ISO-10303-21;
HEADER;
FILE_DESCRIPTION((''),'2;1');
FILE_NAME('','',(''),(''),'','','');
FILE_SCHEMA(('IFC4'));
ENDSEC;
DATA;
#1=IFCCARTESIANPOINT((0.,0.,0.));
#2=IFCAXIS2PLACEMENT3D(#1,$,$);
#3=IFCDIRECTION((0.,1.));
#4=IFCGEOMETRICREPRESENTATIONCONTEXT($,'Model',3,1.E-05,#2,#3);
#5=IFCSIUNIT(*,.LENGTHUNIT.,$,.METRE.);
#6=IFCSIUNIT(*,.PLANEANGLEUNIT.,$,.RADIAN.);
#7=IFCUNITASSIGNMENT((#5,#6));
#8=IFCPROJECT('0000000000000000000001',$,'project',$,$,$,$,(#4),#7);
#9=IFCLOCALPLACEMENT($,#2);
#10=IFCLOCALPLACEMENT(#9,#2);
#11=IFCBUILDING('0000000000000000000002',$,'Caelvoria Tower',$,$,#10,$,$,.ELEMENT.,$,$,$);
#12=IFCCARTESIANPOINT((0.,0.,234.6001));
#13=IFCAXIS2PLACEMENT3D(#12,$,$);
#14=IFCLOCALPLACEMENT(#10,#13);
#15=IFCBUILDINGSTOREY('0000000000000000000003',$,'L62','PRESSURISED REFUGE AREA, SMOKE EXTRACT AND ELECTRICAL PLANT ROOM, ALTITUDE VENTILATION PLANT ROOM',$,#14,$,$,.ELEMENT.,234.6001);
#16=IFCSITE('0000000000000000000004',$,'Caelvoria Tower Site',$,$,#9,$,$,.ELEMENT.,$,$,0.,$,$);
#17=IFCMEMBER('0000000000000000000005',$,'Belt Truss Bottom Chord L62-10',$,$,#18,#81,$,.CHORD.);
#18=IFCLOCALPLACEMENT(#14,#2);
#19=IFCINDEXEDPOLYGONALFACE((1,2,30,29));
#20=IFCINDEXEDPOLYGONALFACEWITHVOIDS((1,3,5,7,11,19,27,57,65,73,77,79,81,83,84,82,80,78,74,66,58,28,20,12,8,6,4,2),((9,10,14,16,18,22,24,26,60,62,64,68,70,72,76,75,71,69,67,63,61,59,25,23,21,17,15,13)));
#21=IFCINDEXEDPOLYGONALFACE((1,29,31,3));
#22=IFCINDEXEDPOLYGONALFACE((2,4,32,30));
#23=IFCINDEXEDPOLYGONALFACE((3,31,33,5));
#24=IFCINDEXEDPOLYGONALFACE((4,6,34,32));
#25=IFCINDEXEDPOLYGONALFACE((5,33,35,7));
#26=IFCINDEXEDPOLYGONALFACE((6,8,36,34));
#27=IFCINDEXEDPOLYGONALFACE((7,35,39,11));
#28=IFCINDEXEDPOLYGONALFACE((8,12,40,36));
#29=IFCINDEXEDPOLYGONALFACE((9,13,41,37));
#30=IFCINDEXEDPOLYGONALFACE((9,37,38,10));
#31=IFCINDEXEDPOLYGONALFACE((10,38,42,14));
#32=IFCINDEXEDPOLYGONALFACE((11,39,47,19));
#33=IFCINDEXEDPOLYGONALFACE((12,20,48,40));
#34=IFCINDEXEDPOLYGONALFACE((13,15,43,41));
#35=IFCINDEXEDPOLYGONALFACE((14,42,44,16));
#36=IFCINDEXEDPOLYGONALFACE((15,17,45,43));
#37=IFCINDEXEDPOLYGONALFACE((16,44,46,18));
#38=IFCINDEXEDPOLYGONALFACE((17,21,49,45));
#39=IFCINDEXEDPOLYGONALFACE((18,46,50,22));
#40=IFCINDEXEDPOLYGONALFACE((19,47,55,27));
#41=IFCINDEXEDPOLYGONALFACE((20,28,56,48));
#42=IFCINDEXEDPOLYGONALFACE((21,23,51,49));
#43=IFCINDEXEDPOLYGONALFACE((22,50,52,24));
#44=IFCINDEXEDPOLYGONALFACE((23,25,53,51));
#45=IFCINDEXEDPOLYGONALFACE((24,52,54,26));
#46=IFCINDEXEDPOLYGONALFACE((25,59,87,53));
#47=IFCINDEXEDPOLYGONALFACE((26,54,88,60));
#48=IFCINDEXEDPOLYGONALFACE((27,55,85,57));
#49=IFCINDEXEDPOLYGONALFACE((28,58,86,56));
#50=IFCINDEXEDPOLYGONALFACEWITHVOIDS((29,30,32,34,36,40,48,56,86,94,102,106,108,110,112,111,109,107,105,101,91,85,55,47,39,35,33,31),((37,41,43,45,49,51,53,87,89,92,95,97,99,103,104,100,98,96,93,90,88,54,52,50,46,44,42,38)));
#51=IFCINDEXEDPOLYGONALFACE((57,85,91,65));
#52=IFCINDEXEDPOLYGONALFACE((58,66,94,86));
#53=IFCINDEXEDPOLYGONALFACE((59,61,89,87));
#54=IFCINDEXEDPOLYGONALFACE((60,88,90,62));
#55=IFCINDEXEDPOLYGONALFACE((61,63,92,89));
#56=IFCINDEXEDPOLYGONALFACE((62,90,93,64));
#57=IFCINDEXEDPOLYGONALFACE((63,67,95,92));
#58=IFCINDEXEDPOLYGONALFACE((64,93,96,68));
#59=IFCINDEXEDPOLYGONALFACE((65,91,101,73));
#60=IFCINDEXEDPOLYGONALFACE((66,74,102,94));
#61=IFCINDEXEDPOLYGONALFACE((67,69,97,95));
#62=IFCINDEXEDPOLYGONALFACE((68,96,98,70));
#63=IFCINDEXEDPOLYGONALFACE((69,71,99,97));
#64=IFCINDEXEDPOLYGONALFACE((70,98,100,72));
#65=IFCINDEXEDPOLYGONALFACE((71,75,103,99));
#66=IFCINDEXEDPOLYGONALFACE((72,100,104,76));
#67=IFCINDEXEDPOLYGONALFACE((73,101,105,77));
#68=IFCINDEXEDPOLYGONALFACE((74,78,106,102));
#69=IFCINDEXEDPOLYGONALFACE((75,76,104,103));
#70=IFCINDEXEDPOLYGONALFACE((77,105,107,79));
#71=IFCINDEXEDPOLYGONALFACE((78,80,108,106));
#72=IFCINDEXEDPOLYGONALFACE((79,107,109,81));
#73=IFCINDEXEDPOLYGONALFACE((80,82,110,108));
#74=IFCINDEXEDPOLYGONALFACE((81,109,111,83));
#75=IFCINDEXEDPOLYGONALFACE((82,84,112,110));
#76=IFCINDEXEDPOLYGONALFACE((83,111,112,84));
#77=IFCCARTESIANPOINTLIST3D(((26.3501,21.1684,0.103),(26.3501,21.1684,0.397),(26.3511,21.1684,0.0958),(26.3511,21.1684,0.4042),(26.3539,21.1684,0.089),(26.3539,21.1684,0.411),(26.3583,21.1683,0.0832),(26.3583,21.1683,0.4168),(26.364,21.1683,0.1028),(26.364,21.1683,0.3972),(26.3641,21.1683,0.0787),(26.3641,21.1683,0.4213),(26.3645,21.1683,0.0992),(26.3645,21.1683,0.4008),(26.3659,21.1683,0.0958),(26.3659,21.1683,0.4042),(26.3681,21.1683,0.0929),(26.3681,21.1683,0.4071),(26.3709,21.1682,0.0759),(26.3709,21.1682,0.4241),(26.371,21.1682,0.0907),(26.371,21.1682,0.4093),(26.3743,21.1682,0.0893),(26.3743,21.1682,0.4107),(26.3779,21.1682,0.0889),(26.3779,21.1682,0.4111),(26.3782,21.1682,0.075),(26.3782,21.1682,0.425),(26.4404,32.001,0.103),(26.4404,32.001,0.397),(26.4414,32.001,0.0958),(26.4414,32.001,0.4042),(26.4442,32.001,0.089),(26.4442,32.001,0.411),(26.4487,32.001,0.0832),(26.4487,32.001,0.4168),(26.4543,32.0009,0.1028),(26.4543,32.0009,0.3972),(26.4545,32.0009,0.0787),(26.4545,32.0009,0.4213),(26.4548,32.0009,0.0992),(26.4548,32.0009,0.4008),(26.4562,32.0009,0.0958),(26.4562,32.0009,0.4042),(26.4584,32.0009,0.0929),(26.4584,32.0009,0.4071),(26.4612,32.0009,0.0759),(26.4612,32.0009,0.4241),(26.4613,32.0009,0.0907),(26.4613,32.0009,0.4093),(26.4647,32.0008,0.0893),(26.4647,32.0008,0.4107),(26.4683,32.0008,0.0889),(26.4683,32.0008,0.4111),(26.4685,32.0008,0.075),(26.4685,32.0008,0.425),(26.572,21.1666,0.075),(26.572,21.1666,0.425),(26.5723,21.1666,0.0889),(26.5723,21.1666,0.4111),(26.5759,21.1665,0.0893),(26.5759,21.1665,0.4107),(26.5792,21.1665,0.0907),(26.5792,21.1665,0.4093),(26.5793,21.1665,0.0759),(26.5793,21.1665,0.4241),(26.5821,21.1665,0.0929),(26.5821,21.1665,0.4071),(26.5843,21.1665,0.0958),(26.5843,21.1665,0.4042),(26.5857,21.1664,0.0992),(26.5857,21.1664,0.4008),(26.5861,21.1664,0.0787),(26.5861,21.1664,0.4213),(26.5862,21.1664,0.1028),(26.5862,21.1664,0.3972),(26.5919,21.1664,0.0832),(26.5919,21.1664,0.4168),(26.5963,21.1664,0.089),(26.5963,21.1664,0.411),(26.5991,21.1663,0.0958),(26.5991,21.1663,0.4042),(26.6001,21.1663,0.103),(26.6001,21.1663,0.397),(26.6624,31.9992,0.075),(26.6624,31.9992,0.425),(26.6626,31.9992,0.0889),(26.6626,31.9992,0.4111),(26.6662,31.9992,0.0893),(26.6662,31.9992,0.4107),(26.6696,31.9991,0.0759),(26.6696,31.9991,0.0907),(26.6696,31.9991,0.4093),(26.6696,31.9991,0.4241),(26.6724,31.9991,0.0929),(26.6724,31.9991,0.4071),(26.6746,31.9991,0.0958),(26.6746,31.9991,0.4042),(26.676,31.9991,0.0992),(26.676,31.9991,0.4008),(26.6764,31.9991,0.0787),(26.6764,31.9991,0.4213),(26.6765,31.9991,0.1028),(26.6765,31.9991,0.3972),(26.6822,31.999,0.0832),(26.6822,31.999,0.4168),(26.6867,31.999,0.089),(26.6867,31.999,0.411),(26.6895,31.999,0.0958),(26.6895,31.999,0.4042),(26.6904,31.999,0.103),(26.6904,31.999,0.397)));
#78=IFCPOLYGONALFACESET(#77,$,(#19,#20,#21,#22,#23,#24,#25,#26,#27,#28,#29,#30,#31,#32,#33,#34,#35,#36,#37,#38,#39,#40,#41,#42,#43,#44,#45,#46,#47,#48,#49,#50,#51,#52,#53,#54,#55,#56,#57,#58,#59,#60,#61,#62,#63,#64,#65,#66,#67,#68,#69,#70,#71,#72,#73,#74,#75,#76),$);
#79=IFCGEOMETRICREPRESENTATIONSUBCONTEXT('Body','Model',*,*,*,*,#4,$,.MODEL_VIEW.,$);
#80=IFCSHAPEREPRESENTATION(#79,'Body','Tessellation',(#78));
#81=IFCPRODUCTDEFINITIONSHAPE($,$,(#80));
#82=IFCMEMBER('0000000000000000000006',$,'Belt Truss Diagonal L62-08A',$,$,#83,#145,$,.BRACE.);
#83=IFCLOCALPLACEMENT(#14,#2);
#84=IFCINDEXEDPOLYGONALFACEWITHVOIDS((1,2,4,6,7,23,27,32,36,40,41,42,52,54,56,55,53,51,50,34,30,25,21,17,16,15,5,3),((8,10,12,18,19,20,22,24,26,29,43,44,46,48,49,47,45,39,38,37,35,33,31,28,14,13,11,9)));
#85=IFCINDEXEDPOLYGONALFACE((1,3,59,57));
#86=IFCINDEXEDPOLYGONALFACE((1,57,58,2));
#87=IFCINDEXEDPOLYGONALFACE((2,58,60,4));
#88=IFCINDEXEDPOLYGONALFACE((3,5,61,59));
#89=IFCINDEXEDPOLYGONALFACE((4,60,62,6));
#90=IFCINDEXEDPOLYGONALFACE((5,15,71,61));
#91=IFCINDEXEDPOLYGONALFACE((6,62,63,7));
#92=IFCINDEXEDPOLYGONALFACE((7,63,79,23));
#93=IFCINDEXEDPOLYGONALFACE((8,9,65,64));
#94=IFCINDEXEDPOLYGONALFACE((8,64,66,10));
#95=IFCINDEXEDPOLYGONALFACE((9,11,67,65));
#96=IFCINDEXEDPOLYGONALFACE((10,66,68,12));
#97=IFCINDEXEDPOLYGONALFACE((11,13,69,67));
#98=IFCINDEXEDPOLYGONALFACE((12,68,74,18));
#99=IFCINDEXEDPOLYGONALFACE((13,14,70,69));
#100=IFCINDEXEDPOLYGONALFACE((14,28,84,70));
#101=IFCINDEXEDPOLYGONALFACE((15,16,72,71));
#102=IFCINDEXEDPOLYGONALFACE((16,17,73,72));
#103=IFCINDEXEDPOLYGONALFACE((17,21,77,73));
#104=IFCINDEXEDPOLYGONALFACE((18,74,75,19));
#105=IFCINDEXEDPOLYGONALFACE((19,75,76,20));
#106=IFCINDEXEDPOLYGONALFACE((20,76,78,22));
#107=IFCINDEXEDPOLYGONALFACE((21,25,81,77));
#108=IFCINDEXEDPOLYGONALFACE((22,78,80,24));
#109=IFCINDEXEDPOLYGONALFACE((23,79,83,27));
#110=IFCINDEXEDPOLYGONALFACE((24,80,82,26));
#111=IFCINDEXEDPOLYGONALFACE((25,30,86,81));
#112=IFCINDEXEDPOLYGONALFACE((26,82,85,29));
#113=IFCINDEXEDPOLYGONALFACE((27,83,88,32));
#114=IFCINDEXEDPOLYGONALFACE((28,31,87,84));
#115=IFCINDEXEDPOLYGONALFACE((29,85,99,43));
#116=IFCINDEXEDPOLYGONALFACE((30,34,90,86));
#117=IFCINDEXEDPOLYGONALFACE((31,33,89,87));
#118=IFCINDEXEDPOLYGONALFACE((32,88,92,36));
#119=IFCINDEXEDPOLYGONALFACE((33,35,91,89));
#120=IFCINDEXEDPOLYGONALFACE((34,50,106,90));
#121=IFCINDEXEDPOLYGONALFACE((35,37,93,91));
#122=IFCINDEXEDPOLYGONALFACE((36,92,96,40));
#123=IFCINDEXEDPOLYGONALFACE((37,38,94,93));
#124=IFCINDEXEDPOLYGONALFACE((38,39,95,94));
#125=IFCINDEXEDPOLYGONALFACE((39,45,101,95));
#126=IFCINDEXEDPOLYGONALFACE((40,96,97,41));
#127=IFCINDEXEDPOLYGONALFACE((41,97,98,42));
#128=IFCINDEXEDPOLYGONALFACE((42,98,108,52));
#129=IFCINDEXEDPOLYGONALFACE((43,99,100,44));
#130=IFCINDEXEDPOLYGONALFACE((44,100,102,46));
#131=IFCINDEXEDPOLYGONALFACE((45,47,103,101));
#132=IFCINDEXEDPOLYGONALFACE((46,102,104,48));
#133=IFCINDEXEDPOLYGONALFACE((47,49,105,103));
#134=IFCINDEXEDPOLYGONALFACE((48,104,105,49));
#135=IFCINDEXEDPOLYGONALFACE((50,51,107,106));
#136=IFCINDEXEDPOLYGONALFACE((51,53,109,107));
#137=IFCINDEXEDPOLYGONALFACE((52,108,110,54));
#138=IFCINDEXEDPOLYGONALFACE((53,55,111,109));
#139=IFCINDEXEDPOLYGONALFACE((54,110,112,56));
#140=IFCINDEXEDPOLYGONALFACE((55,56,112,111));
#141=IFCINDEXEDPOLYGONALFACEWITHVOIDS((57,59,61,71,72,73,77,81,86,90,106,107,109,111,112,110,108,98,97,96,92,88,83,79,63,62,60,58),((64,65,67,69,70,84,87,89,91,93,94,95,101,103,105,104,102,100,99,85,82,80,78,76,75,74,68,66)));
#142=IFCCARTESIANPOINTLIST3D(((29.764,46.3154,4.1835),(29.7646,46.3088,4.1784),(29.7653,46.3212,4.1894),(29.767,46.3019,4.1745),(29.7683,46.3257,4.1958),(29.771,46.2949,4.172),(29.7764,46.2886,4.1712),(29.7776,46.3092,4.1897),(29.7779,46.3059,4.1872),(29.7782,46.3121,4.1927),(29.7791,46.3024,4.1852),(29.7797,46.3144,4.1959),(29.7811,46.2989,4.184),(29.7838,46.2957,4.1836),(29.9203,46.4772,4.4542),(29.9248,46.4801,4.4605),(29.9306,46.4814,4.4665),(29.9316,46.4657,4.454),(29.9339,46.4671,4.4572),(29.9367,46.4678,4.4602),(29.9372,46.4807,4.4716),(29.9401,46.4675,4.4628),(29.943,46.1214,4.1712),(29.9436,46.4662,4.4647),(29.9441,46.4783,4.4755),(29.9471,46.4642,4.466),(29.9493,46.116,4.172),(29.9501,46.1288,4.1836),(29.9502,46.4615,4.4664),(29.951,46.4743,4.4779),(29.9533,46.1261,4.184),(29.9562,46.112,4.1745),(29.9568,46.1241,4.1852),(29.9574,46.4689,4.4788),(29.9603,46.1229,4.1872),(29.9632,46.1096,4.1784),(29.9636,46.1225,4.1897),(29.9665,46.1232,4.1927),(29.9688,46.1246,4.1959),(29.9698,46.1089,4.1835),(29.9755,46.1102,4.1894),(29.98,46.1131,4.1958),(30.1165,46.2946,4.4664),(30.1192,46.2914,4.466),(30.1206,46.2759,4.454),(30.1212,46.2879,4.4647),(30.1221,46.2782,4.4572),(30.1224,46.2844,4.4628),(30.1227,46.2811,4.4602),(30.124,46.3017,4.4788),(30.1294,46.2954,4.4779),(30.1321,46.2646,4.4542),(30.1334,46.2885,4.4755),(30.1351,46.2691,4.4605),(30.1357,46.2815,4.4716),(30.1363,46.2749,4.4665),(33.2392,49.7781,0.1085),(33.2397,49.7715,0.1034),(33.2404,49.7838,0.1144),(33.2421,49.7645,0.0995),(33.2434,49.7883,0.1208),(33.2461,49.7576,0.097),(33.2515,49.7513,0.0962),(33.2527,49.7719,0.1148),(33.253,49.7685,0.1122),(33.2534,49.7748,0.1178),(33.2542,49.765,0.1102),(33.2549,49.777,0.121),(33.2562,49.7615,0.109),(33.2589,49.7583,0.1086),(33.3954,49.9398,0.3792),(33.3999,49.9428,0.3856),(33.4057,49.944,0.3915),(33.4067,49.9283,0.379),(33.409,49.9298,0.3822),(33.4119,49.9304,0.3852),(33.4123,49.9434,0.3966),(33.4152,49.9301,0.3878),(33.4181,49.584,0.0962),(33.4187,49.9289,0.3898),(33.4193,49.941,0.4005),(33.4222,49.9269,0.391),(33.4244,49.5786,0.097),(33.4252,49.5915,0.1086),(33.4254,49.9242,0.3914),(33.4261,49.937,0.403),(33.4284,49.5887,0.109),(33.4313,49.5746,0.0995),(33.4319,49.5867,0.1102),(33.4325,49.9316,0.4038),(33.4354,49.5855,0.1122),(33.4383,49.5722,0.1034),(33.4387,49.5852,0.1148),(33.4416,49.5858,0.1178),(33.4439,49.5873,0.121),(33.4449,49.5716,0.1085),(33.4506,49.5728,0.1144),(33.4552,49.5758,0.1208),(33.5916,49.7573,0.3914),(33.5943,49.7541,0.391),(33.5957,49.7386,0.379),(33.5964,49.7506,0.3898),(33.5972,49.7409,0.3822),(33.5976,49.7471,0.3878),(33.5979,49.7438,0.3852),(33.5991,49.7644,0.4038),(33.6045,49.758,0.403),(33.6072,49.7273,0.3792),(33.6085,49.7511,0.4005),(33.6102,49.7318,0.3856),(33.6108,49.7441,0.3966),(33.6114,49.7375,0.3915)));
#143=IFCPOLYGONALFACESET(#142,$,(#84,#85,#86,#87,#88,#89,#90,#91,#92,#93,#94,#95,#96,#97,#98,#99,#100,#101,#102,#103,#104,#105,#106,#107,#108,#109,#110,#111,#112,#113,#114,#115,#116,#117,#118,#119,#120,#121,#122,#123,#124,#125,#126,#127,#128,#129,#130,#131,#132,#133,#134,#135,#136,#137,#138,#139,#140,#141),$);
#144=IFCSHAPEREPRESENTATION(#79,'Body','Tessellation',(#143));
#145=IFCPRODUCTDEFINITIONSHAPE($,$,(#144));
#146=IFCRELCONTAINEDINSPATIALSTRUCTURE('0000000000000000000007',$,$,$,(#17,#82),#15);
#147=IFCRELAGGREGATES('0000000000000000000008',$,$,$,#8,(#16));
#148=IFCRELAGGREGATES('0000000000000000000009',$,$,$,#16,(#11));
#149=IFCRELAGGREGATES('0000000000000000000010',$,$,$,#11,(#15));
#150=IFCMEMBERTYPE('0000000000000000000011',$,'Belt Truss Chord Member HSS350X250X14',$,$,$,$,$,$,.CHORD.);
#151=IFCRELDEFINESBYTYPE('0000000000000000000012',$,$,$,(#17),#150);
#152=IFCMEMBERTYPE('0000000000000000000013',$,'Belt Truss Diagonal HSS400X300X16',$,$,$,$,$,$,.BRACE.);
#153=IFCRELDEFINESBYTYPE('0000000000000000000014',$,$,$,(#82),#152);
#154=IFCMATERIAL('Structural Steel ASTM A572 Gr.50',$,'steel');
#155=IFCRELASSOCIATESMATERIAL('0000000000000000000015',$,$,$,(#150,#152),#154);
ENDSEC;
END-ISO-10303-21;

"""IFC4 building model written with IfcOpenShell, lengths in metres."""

from ifc_helpers import new_model, si_unit, direction, frame, origin, origin_2d, place, context, subcontext, project, spatial, hollow_rectangle, extrude, material, material_profile, profile_set, type_object, element, save


model = new_model("IFC4")

# Units and contexts
model_context = context("Model", 3, precision=1e-05, world=origin(), true_north=direction((0.0, 1.0)))
body_context = subcontext(model_context, "Body", "Model", "MODEL_VIEW")
ifc_project = project(units=[si_unit("LENGTHUNIT", "METRE"), si_unit("PLANEANGLEUNIT", "RADIAN")], contexts=[model_context])

# Site, building, storey
site_placement = place(None, origin())
site = spatial("IfcSite", under=ifc_project, at=site_placement, Name="Caelvoria Tower Site", CompositionType="ELEMENT", RefElevation=0.0)
building_placement = place(site_placement, origin())
building = spatial("IfcBuilding", under=site, at=building_placement, Name="Caelvoria Tower", CompositionType="ELEMENT")
storey_placement = place(building_placement, frame((0.0, 0.0, 234.6001)))
storey = spatial("IfcBuildingStorey", under=building, at=storey_placement, Name="L62", Description="PRESSURISED REFUGE AREA, SMOKE EXTRACT AND ELECTRICAL PLANT ROOM, ALTITUDE VENTILATION PLANT ROOM", CompositionType="ELEMENT", Elevation=234.6001)

# Shared definitions
ifc_material_1 = material(Name="Structural Steel ASTM A572 Gr.50", Category="steel")

# Members
ifc_material_profile_1 = material_profile(ifc_material_1, hollow_rectangle(XDim=0.25, YDim=0.3501, WallThickness=0.0139, InnerFilletRadius=0.0139, OuterFilletRadius=0.0281, at=origin_2d()), Name="Structural Steel ASTM A572 Gr.50")
ifc_profile_set_1 = profile_set([ifc_material_profile_1], Name="HSS350X250X14 - Structural Steel ASTM A572 Gr.50")
member_type_1 = type_object("IfcMemberType", Name="Belt Truss Chord Member HSS350X250X14", PredefinedType="CHORD", material=ifc_profile_set_1)
for number, where, z_axis, x_axis, name in (
    (1, (26.5654, 32.0, 0.25), (-0.008339, -0.999965, 0.0), (0.999965, -0.008339, 0.0), "Belt Truss Bottom Chord L62-10"),
):
    element("IfcMember", number, at=place(storey_placement, frame(where, z_axis=z_axis, x_axis=x_axis)), inside=storey, type_object=member_type_1, Name=name, PredefinedType="CHORD", context=body_context, shape_type="SweptSolid", body=[
        extrude(hollow_rectangle(XDim=0.25, YDim=0.3501, WallThickness=0.0139, InnerFilletRadius=0.0139, OuterFilletRadius=0.0281, at=origin_2d()), origin(), (0.0, 0.0, 1.0), 10.833),
    ])
ifc_material_profile_2 = material_profile(ifc_material_1, hollow_rectangle(XDim=0.3, YDim=0.3999, WallThickness=0.0161, InnerFilletRadius=0.0161, OuterFilletRadius=0.032, at=origin_2d()), Name="Structural Steel ASTM A572 Gr.50")
ifc_profile_set_2 = profile_set([ifc_material_profile_2], Name="HSS400X300X16 - Structural Steel ASTM A572 Gr.50")
member_type_2 = type_object("IfcMemberType", Name="Belt Truss Diagonal HSS400X300X16", PredefinedType="BRACE", material=ifc_profile_set_2)
for number, where, z_axis, x_axis, name in (
    (2, (33.4253, 49.7578, 0.25), (-0.544907, -0.542954, 0.638966), (0.705837, -0.708375, 0.0), "Belt Truss Diagonal L62-08A"),
):
    element("IfcMember", number, at=place(storey_placement, frame(where, z_axis=z_axis, x_axis=x_axis)), inside=storey, type_object=member_type_2, Name=name, PredefinedType="BRACE", context=body_context, shape_type="SweptSolid", body=[
        extrude(hollow_rectangle(XDim=0.3, YDim=0.3999, WallThickness=0.0161, InnerFilletRadius=0.0161, OuterFilletRadius=0.032, at=origin_2d()), origin(), (0.0, 0.0, 1.0), 6.3774),
    ])

save(model, "model.ifc")
